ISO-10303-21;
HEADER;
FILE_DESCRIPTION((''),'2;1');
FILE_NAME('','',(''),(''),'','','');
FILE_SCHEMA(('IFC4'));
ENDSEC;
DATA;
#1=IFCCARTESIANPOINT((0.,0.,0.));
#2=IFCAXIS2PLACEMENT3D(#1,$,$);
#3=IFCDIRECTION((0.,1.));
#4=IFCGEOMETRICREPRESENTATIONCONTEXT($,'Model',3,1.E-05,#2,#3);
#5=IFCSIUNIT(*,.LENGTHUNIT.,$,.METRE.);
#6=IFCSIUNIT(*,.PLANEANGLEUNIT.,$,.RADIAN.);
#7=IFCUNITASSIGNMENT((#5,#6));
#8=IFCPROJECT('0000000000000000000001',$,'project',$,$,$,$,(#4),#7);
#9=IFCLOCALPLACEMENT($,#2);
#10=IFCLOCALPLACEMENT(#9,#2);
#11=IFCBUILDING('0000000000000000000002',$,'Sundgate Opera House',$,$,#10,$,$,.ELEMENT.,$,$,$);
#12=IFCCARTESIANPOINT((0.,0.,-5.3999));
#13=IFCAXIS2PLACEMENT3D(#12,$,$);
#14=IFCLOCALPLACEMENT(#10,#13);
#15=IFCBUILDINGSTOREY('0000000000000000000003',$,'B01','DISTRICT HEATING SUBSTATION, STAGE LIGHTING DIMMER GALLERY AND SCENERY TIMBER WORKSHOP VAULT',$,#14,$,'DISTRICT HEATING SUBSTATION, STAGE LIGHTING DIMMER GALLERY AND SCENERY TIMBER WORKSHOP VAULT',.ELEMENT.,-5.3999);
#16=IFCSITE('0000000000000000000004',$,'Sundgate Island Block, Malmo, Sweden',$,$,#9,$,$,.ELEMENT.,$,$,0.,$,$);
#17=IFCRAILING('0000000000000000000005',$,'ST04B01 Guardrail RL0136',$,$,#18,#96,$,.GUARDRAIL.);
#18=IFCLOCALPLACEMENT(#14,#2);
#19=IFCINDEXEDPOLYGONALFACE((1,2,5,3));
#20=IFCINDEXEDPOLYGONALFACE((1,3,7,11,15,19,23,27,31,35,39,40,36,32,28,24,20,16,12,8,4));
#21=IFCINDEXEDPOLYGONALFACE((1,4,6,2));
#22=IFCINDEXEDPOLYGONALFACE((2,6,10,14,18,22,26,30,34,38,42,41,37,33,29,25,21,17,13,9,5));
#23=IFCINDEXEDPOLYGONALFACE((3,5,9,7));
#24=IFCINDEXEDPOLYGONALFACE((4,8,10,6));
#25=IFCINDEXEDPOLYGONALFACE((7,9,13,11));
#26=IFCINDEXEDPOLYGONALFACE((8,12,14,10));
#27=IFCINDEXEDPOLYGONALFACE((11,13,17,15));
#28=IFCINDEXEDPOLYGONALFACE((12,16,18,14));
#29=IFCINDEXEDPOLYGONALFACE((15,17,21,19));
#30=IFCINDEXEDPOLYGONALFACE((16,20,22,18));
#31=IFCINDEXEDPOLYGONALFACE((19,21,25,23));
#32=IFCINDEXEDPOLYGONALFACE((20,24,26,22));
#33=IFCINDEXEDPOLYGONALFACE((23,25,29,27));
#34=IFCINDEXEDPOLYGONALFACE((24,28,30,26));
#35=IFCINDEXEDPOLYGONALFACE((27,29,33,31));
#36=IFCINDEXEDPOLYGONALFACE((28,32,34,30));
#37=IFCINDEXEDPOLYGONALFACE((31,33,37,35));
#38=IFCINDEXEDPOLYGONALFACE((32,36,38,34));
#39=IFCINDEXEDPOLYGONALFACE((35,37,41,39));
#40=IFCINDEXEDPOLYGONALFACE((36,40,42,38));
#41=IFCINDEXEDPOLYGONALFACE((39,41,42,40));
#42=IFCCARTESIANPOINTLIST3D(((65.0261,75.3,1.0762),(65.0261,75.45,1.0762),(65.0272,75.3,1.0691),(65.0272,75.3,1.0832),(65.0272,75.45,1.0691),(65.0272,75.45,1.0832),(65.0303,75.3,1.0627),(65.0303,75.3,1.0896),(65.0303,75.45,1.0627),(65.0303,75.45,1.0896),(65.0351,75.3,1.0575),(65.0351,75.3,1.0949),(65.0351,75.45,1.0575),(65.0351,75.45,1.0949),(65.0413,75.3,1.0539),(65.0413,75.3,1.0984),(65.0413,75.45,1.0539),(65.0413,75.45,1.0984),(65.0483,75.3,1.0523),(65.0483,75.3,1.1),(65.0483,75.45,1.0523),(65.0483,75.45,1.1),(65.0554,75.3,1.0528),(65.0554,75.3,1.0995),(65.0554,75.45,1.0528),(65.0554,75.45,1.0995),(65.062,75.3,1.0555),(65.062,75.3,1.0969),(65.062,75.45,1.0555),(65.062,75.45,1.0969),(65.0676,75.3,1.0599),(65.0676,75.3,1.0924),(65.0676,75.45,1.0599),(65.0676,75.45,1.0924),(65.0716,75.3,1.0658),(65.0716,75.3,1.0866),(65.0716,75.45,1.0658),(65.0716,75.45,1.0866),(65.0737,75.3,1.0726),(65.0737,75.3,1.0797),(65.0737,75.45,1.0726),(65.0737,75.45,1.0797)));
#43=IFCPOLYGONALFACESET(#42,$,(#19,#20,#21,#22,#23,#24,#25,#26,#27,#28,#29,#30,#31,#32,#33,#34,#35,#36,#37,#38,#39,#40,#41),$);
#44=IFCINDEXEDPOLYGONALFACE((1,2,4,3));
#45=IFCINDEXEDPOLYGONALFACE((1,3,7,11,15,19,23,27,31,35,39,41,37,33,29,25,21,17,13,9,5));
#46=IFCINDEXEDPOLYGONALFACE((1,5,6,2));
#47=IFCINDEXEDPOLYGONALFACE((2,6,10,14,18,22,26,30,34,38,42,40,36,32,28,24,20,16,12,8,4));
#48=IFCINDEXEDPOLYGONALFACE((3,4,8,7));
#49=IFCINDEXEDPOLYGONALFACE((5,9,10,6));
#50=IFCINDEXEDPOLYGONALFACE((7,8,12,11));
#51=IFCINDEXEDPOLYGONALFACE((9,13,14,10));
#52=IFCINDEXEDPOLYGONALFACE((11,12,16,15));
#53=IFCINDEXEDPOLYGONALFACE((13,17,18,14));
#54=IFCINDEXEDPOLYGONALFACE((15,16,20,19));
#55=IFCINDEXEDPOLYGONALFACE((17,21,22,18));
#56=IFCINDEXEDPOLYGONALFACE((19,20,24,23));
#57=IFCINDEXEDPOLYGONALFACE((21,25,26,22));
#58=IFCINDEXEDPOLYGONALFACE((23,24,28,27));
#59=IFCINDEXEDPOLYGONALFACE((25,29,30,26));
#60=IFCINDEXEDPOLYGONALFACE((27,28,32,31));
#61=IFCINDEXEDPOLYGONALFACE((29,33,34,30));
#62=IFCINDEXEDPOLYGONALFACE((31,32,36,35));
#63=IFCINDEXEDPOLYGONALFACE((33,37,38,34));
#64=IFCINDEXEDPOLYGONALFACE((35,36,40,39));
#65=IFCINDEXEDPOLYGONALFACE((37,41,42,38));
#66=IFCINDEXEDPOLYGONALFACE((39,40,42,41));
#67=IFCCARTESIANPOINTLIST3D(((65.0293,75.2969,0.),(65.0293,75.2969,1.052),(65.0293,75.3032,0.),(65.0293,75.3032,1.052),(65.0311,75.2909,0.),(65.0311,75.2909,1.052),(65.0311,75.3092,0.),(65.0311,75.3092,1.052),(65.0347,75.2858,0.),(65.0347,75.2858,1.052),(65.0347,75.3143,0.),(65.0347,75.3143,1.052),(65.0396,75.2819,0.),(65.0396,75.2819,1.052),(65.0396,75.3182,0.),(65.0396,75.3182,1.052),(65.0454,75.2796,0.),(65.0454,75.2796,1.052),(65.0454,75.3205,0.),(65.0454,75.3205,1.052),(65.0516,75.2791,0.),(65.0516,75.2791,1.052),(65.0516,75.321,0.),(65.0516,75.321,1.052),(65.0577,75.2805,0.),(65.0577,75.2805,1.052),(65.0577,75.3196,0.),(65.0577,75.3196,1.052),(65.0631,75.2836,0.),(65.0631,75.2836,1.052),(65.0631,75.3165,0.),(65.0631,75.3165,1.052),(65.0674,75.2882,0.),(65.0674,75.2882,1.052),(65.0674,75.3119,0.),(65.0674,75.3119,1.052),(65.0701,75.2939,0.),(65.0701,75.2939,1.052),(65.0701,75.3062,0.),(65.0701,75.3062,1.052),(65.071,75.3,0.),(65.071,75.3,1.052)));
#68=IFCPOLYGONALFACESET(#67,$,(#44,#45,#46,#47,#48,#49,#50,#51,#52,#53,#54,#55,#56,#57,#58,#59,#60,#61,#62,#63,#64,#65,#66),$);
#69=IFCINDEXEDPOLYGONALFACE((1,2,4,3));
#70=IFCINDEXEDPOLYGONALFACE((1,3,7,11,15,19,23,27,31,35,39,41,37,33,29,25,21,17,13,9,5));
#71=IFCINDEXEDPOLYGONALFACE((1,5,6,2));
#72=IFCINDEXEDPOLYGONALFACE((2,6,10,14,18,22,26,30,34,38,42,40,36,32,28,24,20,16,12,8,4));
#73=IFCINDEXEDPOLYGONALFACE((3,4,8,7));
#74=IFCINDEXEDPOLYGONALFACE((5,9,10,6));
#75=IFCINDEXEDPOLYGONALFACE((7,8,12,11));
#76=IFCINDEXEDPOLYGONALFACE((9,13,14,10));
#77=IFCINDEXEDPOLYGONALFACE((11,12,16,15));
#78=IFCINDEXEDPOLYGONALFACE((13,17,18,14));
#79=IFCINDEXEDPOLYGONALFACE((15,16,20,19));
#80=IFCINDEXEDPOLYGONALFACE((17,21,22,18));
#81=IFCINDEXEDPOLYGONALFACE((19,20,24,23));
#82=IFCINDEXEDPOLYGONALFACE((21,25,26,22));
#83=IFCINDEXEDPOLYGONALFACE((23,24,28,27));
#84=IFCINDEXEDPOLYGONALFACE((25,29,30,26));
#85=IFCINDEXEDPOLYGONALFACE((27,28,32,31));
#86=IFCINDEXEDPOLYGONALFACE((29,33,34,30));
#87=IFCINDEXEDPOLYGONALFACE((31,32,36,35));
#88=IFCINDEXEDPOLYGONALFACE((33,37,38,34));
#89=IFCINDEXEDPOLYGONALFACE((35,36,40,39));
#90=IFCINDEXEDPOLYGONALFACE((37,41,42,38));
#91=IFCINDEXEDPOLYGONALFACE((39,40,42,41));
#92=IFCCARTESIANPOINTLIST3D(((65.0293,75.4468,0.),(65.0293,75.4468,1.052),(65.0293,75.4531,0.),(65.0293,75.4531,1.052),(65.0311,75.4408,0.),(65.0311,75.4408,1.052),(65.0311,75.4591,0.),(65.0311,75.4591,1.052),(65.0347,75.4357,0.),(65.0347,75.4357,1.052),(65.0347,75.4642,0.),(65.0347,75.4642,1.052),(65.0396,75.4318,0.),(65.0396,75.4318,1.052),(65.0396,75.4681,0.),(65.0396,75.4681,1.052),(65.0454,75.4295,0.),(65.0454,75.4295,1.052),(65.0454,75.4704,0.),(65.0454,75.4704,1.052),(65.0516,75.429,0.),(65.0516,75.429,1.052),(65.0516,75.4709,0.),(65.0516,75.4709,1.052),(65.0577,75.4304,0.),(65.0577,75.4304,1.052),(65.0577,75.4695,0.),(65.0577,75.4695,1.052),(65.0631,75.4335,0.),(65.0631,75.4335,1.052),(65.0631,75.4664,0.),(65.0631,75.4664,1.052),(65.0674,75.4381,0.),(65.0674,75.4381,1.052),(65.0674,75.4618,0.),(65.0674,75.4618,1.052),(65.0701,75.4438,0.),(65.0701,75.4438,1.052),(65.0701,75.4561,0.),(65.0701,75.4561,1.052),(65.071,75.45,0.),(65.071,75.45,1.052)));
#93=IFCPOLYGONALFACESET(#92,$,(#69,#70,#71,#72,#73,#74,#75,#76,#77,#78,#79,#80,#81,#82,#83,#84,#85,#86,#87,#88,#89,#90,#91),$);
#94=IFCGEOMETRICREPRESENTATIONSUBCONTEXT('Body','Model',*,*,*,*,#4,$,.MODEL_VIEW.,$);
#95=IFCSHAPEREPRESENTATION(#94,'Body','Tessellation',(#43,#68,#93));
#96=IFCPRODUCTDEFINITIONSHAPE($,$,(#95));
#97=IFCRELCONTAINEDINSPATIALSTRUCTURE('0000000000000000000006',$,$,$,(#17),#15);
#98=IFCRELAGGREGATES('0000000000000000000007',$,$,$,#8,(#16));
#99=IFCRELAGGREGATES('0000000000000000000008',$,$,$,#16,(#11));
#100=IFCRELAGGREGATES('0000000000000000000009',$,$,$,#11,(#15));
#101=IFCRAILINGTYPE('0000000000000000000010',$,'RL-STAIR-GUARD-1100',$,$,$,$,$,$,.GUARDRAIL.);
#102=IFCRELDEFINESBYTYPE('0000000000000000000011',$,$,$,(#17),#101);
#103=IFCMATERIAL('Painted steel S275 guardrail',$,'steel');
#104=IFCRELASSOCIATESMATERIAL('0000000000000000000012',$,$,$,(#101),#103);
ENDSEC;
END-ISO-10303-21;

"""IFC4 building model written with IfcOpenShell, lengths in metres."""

from ifc_helpers import new_model, si_unit, direction, frame, origin, origin_2d, place, context, subcontext, project, spatial, circle, extrude, material, type_object, element, save


model = new_model("IFC4")

# Units and contexts
model_context = context("Model", 3, precision=1e-05, world=origin(), true_north=direction((0.0, 1.0)))
body_context = subcontext(model_context, "Body", "Model", "MODEL_VIEW")
ifc_project = project(units=[si_unit("LENGTHUNIT", "METRE"), si_unit("PLANEANGLEUNIT", "RADIAN")], contexts=[model_context])

# Site, building, storey
site_placement = place(None, origin())
site = spatial("IfcSite", under=ifc_project, at=site_placement, Name="Sundgate Island Block, Malmo, Sweden", CompositionType="ELEMENT", RefElevation=0.0)
building_placement = place(site_placement, origin())
building = spatial("IfcBuilding", under=site, at=building_placement, Name="Sundgate Opera House", CompositionType="ELEMENT")
storey_placement = place(building_placement, frame((0.0, 0.0, -5.3999)))
storey = spatial("IfcBuildingStorey", under=building, at=storey_placement, Name="B01", Description="DISTRICT HEATING SUBSTATION, STAGE LIGHTING DIMMER GALLERY AND SCENERY TIMBER WORKSHOP VAULT", LongName="DISTRICT HEATING SUBSTATION, STAGE LIGHTING DIMMER GALLERY AND SCENERY TIMBER WORKSHOP VAULT", CompositionType="ELEMENT", Elevation=-5.3999)

# Railing
ifc_material_1 = material(Name="Painted steel S275 guardrail", Category="steel")
railing_type = type_object("IfcRailingType", Name="RL-STAIR-GUARD-1100", PredefinedType="GUARDRAIL", material=ifc_material_1)
railing_1_placement = place(storey_placement, frame((65.05, 75.3, 0.0)))
element("IfcRailing", 1, at=railing_1_placement, inside=storey, type_object=railing_type, Name="ST04B01 Guardrail RL0136", PredefinedType="GUARDRAIL", context=body_context, shape_type="SweptSolid", body=[
    extrude(circle(Radius=0.0239, at=origin_2d()), frame((0.0, 0.0, 1.0762), z_axis=(0.0, 1.0, 0.0), x_axis=(-1.0, 0.0, 0.0)), (0.0, 0.0, 1.0), 0.1499),
    extrude(circle(Radius=0.021, at=origin_2d()), origin(), (0.0, 0.0, 1.0), 1.052),
    extrude(circle(Radius=0.021, at=origin_2d()), frame((0.0, 0.1499, 0.0)), (0.0, 0.0, 1.0), 1.052),
])

save(model, "model.ifc")
